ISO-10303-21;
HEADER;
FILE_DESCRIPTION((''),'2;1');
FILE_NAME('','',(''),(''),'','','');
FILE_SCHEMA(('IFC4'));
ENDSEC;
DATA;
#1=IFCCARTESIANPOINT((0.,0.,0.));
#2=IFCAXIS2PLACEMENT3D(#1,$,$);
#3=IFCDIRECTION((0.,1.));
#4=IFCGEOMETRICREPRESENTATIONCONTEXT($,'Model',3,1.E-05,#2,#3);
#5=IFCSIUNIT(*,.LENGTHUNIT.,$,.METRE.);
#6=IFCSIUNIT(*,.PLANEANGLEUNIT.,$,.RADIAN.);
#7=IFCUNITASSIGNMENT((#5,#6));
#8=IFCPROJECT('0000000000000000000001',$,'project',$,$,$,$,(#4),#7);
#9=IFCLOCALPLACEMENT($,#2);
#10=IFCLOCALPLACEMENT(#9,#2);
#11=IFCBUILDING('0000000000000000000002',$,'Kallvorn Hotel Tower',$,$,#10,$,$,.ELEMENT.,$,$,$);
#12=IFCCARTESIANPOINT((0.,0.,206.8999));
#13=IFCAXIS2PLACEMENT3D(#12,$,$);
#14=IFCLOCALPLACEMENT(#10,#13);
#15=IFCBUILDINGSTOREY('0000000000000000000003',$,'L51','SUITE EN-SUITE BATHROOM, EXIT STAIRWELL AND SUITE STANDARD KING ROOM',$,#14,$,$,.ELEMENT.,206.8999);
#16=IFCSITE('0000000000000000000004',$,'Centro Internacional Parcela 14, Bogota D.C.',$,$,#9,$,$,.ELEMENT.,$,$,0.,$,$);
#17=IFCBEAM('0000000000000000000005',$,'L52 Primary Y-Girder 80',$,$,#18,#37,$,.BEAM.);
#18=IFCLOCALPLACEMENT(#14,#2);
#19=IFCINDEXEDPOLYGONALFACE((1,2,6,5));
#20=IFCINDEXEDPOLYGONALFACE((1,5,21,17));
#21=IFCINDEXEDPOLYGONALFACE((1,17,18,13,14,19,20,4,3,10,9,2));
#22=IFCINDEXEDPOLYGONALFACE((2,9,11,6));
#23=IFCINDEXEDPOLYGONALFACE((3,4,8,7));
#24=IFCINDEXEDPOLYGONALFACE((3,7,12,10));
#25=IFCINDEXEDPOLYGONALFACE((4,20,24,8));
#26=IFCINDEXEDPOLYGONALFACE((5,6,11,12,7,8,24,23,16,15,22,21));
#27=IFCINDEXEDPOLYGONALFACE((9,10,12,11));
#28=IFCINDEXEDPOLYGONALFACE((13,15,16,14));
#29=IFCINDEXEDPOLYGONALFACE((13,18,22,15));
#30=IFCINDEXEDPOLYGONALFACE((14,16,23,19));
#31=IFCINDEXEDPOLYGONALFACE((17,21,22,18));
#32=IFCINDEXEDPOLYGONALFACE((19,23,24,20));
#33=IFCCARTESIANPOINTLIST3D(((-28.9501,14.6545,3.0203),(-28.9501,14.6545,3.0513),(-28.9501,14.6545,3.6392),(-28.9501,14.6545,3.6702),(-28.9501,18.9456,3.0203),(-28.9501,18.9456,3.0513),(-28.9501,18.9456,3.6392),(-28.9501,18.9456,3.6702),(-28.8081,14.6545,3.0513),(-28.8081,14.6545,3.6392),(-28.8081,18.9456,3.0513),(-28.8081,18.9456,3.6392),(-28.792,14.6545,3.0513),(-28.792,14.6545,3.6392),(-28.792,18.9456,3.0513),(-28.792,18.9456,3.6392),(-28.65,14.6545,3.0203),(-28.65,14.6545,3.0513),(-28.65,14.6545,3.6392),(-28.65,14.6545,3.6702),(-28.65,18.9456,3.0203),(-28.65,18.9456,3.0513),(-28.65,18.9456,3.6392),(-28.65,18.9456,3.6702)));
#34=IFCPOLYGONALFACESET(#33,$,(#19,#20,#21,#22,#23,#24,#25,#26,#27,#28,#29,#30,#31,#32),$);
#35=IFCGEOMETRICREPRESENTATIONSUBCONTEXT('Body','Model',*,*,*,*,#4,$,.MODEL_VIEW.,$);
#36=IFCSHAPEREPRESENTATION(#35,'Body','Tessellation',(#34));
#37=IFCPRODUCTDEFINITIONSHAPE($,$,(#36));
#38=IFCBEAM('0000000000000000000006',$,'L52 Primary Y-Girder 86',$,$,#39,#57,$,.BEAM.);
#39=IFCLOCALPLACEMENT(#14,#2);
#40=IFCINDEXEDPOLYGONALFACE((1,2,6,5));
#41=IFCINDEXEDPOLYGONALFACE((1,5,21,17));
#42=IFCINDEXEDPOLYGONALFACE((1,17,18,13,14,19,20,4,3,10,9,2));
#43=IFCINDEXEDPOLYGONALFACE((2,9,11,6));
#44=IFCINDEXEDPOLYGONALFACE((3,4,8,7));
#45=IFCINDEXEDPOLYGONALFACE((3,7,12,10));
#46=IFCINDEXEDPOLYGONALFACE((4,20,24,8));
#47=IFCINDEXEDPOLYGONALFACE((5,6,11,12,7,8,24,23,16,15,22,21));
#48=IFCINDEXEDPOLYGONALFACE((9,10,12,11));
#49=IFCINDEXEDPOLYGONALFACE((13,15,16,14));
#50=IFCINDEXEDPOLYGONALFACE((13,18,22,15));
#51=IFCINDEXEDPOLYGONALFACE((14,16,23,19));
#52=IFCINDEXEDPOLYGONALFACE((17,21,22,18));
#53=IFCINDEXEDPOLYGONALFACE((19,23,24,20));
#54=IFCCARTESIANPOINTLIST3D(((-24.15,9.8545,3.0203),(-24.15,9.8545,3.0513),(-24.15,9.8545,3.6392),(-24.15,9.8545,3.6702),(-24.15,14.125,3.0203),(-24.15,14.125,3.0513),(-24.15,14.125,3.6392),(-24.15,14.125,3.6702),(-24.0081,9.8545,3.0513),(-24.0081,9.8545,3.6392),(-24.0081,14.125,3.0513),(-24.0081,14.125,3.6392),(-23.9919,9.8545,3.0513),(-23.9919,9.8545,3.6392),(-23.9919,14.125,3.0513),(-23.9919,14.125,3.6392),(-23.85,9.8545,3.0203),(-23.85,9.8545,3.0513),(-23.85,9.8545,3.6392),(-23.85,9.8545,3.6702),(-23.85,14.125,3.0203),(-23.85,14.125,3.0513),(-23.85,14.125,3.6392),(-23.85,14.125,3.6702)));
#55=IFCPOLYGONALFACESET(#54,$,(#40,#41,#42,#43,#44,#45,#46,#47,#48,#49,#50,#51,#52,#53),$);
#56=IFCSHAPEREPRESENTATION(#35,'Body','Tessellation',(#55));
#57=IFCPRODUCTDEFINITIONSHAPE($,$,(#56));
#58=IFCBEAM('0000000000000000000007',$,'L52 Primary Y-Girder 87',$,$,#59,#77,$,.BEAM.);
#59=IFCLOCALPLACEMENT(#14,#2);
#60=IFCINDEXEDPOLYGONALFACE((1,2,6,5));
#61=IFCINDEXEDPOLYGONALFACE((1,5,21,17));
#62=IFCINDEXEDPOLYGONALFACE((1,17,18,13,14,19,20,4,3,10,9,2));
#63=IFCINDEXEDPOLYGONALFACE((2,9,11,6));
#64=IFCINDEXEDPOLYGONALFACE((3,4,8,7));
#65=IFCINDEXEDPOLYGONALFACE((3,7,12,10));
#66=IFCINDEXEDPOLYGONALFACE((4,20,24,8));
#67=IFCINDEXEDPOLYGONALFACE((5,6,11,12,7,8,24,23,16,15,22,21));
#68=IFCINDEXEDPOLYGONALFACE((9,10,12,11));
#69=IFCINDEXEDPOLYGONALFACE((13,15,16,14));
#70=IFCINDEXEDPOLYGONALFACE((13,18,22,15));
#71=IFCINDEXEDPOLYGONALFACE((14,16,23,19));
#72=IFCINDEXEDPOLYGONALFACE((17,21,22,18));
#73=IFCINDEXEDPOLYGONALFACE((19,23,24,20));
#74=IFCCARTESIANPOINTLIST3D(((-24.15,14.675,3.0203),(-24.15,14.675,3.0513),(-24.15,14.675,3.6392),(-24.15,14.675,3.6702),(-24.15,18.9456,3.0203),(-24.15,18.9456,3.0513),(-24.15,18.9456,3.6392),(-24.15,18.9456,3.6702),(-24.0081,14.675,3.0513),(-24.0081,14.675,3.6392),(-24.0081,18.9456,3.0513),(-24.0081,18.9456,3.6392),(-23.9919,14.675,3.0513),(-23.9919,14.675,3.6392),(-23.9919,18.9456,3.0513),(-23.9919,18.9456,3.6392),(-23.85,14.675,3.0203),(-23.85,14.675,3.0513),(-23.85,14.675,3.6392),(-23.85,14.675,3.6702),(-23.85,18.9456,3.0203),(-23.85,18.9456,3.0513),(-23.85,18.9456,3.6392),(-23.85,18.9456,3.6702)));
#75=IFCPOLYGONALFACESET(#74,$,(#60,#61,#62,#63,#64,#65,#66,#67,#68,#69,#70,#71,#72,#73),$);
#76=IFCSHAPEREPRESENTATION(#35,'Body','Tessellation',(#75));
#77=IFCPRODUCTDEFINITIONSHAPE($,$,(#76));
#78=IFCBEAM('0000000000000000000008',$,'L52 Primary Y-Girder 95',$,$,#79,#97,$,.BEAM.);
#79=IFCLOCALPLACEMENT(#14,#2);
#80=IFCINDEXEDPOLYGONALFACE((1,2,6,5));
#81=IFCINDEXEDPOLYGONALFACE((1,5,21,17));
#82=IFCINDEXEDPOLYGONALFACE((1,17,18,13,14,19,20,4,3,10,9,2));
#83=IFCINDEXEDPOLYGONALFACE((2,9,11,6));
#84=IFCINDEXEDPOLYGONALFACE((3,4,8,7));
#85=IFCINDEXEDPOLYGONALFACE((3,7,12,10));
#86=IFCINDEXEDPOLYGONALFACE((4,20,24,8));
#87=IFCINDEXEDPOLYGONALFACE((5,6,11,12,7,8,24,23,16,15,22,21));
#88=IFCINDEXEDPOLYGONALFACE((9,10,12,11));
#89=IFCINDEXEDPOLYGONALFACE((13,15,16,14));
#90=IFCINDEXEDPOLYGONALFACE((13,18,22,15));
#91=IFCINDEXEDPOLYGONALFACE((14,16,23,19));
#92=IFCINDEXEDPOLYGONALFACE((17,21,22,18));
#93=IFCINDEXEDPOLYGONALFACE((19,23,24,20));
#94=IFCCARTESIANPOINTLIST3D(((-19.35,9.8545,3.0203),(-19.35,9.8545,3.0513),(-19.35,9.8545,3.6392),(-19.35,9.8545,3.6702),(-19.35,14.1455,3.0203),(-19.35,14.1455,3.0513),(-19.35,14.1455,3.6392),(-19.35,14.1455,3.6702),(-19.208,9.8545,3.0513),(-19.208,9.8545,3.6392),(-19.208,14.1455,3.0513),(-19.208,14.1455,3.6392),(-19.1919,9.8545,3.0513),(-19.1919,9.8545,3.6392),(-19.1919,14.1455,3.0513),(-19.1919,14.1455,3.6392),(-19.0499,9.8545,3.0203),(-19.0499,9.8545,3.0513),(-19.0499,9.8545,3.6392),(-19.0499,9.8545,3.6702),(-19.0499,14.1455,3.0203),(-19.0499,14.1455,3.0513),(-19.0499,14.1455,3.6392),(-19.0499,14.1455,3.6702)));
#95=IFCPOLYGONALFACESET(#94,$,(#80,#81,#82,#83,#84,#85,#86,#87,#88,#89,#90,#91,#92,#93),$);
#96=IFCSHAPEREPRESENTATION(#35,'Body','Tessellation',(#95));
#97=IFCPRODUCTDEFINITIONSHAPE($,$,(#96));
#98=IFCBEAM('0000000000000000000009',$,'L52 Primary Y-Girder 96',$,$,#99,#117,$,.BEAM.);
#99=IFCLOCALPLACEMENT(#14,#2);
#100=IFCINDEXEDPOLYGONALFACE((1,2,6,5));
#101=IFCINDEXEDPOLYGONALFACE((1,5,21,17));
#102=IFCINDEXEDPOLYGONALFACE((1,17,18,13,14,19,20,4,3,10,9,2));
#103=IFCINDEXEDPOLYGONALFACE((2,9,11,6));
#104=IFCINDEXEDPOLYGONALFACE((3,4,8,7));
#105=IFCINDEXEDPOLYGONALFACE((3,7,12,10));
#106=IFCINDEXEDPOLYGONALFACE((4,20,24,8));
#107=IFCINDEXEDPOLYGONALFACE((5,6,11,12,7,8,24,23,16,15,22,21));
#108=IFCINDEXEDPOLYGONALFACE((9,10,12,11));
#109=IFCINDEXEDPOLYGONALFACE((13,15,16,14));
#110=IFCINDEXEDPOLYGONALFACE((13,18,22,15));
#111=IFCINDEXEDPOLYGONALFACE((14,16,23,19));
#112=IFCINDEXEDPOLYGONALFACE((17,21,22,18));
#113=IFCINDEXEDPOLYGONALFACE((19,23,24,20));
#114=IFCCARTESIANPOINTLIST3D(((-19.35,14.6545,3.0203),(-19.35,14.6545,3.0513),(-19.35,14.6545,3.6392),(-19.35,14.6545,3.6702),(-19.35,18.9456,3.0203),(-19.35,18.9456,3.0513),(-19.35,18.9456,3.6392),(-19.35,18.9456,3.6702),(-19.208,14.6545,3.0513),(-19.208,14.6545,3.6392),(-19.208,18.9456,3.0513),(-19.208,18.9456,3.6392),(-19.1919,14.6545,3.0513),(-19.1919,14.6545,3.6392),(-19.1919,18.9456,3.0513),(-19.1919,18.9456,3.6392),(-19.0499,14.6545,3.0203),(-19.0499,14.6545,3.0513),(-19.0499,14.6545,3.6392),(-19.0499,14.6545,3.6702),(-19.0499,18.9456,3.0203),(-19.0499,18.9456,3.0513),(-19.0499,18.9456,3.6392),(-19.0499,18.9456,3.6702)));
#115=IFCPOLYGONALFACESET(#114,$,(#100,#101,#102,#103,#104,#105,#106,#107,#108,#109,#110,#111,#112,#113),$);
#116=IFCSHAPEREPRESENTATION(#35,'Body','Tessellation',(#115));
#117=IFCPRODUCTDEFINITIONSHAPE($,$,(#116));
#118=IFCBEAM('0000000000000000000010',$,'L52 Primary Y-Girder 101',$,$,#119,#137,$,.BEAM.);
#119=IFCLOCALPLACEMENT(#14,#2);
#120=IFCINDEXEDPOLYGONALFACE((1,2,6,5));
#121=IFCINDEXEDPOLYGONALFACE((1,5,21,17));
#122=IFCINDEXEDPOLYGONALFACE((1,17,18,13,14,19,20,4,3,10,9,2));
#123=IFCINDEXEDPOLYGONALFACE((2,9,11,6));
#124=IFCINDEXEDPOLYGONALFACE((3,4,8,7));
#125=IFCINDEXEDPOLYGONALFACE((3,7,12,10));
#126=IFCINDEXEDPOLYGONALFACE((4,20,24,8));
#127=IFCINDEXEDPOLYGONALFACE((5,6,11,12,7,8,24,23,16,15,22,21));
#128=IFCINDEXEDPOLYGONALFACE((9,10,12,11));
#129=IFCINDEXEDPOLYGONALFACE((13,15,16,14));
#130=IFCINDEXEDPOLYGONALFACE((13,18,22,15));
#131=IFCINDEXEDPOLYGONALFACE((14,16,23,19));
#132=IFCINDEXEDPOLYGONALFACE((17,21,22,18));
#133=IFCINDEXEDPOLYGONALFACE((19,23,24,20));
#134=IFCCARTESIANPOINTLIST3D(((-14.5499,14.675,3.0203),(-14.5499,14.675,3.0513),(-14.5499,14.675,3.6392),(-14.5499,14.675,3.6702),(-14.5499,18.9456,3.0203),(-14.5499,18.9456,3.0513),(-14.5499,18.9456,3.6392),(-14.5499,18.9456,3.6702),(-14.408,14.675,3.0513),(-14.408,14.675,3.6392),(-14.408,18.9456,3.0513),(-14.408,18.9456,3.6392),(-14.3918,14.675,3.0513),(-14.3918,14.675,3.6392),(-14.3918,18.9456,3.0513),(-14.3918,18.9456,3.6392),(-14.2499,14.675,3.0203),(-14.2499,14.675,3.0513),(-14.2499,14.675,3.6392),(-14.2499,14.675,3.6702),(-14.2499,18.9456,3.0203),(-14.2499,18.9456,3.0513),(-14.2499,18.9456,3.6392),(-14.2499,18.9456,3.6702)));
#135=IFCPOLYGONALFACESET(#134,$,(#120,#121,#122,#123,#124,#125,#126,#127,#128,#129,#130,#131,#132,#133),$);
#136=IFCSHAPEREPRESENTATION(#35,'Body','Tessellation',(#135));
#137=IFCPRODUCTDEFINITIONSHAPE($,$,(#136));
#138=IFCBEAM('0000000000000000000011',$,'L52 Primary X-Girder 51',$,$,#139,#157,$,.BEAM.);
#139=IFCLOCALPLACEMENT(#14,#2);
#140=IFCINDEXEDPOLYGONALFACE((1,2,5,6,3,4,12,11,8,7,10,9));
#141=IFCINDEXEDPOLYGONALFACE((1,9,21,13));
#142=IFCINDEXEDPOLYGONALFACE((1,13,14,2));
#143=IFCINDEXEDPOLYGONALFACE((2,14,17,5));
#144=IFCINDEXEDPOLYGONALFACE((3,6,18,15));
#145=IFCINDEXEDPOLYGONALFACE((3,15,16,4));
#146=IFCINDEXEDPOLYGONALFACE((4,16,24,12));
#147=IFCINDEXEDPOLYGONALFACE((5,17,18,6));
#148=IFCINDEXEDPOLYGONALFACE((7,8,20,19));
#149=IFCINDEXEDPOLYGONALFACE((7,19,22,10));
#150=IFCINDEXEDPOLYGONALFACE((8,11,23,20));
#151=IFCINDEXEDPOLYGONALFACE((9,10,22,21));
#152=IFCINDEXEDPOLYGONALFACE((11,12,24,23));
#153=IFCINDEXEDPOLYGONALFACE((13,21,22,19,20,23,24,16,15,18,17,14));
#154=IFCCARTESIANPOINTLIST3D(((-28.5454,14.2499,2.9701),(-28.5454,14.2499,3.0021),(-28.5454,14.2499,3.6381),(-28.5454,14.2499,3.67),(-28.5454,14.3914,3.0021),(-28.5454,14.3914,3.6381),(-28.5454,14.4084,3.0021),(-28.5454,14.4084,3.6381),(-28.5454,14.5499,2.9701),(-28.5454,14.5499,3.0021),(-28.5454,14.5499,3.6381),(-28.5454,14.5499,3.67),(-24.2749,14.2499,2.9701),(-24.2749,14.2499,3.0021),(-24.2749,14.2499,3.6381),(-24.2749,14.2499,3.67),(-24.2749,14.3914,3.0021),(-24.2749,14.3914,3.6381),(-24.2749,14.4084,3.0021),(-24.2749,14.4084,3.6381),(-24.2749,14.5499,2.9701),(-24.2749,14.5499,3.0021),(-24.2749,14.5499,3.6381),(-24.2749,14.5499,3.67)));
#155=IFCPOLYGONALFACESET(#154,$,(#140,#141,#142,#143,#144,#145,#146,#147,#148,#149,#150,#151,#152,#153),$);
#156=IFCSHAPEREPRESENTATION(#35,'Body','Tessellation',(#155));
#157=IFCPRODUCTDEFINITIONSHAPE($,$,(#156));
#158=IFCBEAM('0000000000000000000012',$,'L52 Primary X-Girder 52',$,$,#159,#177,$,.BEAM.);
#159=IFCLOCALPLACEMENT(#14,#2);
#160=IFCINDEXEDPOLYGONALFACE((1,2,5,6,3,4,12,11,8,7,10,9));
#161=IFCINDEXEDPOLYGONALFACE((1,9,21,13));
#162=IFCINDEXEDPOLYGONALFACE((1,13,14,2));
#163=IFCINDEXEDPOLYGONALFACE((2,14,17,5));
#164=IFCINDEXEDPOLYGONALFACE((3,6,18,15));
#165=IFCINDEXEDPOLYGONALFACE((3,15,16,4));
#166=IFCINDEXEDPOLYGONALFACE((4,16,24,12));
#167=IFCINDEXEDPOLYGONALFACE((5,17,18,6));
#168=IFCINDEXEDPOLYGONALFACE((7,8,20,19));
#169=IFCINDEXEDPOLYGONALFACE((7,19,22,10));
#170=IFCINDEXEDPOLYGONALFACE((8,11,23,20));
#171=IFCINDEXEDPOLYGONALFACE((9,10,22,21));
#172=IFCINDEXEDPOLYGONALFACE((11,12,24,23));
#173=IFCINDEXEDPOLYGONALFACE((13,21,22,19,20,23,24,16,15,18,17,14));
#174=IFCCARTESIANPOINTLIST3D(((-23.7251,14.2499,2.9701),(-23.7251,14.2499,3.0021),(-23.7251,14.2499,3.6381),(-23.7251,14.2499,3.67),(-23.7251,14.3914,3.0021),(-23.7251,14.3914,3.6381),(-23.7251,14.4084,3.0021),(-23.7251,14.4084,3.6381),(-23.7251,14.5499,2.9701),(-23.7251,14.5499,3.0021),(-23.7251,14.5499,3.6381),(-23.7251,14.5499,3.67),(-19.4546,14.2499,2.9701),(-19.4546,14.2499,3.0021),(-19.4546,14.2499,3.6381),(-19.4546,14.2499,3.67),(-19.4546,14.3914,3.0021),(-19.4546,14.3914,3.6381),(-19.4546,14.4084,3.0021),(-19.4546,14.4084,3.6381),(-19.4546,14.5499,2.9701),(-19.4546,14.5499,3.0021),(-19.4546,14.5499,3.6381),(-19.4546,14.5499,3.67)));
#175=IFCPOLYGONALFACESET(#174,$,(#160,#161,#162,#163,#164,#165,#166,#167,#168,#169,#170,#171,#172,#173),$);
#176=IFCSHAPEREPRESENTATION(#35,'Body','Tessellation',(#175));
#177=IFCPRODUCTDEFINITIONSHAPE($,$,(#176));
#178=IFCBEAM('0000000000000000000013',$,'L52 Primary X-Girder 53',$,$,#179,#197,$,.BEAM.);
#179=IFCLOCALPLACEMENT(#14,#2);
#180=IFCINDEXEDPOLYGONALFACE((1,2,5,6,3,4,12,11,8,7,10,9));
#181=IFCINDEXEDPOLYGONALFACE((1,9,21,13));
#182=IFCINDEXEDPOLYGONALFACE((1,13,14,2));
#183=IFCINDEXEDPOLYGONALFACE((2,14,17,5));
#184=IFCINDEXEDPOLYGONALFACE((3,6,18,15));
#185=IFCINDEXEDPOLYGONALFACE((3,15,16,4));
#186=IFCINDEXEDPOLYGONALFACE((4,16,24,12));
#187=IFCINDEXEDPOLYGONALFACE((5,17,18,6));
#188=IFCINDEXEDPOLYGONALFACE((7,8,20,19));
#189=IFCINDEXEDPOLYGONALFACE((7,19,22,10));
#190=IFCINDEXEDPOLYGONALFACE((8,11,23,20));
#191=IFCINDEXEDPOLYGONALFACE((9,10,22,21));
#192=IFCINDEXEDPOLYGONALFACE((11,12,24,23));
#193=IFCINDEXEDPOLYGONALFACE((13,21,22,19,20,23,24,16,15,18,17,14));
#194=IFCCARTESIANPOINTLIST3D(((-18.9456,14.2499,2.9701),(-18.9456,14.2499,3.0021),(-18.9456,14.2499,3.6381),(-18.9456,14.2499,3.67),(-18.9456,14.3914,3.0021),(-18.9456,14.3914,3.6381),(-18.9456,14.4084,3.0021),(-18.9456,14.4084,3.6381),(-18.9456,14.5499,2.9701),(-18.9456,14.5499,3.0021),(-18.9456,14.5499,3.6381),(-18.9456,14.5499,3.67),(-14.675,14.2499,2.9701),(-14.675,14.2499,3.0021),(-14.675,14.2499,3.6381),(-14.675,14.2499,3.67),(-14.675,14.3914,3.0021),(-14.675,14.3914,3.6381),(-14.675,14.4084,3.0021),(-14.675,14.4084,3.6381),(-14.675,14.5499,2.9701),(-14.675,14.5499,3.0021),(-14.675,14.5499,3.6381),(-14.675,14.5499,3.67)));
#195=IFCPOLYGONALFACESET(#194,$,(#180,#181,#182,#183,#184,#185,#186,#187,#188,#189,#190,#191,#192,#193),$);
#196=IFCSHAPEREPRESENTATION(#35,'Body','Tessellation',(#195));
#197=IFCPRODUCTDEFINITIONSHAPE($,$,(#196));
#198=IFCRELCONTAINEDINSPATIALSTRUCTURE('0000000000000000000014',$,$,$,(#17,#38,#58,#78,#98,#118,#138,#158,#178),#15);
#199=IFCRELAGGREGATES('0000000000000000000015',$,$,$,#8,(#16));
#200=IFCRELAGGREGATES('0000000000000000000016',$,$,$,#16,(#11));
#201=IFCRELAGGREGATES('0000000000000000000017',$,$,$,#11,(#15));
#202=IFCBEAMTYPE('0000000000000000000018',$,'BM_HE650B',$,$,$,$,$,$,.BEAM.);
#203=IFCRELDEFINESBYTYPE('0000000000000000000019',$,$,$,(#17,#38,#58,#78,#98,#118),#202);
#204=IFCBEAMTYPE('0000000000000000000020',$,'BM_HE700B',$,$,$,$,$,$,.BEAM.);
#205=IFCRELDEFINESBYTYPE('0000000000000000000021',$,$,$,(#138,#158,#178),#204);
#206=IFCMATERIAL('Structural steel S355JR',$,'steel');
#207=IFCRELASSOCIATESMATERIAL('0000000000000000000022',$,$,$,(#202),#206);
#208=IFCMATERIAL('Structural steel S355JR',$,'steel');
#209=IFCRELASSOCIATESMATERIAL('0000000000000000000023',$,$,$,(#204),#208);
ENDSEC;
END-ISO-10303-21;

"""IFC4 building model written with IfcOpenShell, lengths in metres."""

from ifc_helpers import new_model, si_unit, direction, frame, origin, origin_2d, place, context, subcontext, project, spatial, i_section, extrude, material, material_profile, profile_set, type_object, element, save


model = new_model("IFC4")

# Units and contexts
model_context = context("Model", 3, precision=1e-05, world=origin(), true_north=direction((0.0, 1.0)))
body_context = subcontext(model_context, "Body", "Model", "MODEL_VIEW")
ifc_project = project(units=[si_unit("LENGTHUNIT", "METRE"), si_unit("PLANEANGLEUNIT", "RADIAN")], contexts=[model_context])

# Site, building, storey
site_placement = place(None, origin())
site = spatial("IfcSite", under=ifc_project, at=site_placement, Name="Centro Internacional Parcela 14, Bogota D.C.", CompositionType="ELEMENT", RefElevation=0.0)
building_placement = place(site_placement, origin())
building = spatial("IfcBuilding", under=site, at=building_placement, Name="Kallvorn Hotel Tower", CompositionType="ELEMENT")
storey_placement = place(building_placement, frame((0.0, 0.0, 206.8999)))
storey = spatial("IfcBuildingStorey", under=building, at=storey_placement, Name="L51", Description="SUITE EN-SUITE BATHROOM, EXIT STAIRWELL AND SUITE STANDARD KING ROOM", CompositionType="ELEMENT", Elevation=206.8999)

# Beams
ifc_material_1 = material(Name="Structural steel S355JR", Category="steel")
ifc_material_profile_1 = material_profile(ifc_material_1, i_section(OverallWidth=0.3, OverallDepth=0.6499, WebThickness=0.0161, FlangeThickness=0.031, at=origin_2d()), Name="HE 650 B")
ifc_profile_set_1 = profile_set([ifc_material_profile_1], Name="Structural steel S355JR")
beam_type_1 = type_object("IfcBeamType", Name="BM_HE650B", PredefinedType="BEAM", material=ifc_profile_set_1)
for number, where, z_axis, x_axis, name in (
    (1, (-28.8, 14.6545, 3.3452), (0.0, 1.0, 0.0), (-1.0, 0.0, 0.0), "L52 Primary Y-Girder 80"),
):
    element("IfcBeam", number, at=place(storey_placement, frame(where, z_axis=z_axis, x_axis=x_axis)), inside=storey, type_object=beam_type_1, Name=name, PredefinedType="BEAM", context=body_context, shape_type="SweptSolid", body=[
        extrude(i_section(OverallWidth=0.3, OverallDepth=0.6499, WebThickness=0.0161, FlangeThickness=0.031, at=origin_2d()), origin(), (0.0, 0.0, 1.0), 4.291),
    ])
for number, where, z_axis, x_axis, name in (
    (2, (-24.0, 9.8545, 3.3452), (0.0, 1.0, 0.0), (-1.0, 0.0, 0.0), "L52 Primary Y-Girder 86"),
    (3, (-24.0, 14.675, 3.3452), (0.0, 1.0, 0.0), (-1.0, 0.0, 0.0), "L52 Primary Y-Girder 87"),
):
    element("IfcBeam", number, at=place(storey_placement, frame(where, z_axis=z_axis, x_axis=x_axis)), inside=storey, type_object=beam_type_1, Name=name, PredefinedType="BEAM", context=body_context, shape_type="SweptSolid", body=[
        extrude(i_section(OverallWidth=0.3, OverallDepth=0.6499, WebThickness=0.0161, FlangeThickness=0.031, at=origin_2d()), origin(), (0.0, 0.0, 1.0), 4.2705),
    ])
for number, where, z_axis, x_axis, name in (
    (4, (-19.2, 9.8545, 3.3452), (0.0, 1.0, 0.0), (-1.0, 0.0, 0.0), "L52 Primary Y-Girder 95"),
    (5, (-19.2, 14.6545, 3.3452), (0.0, 1.0, 0.0), (-1.0, 0.0, 0.0), "L52 Primary Y-Girder 96"),
):
    element("IfcBeam", number, at=place(storey_placement, frame(where, z_axis=z_axis, x_axis=x_axis)), inside=storey, type_object=beam_type_1, Name=name, PredefinedType="BEAM", context=body_context, shape_type="SweptSolid", body=[
        extrude(i_section(OverallWidth=0.3, OverallDepth=0.6499, WebThickness=0.0161, FlangeThickness=0.031, at=origin_2d()), origin(), (0.0, 0.0, 1.0), 4.291),
    ])
beam_placement = place(storey_placement, frame((-14.3999, 14.675, 3.3452), z_axis=(0.0, 1.0, 0.0), x_axis=(-1.0, 0.0, 0.0)))
element("IfcBeam", 6, at=beam_placement, inside=storey, type_object=beam_type_1, Name="L52 Primary Y-Girder 101", PredefinedType="BEAM", context=body_context, shape_type="SweptSolid", body=[
    extrude(i_section(OverallWidth=0.3, OverallDepth=0.6499, WebThickness=0.0161, FlangeThickness=0.031, at=origin_2d()), origin(), (0.0, 0.0, 1.0), 4.2705),
])
ifc_material_2 = material(Name="Structural steel S355JR", Category="steel")
ifc_material_profile_2 = material_profile(ifc_material_2, i_section(OverallWidth=0.3, OverallDepth=0.7, WebThickness=0.0171, FlangeThickness=0.032, at=origin_2d()), Name="HE 700 B")
ifc_profile_set_2 = profile_set([ifc_material_profile_2], Name="Structural steel S355JR")
beam_type_2 = type_object("IfcBeamType", Name="BM_HE700B", PredefinedType="BEAM", material=ifc_profile_set_2)
for number, where, z_axis, x_axis, name in (
    (7, (-28.5454, 14.3999, 3.3201), (1.0, 0.0, 0.0), (0.0, 1.0, 0.0), "L52 Primary X-Girder 51"),
    (8, (-23.7251, 14.3999, 3.3201), (1.0, 0.0, 0.0), (0.0, 1.0, 0.0), "L52 Primary X-Girder 52"),
    (9, (-18.9456, 14.3999, 3.3201), (1.0, 0.0, 0.0), (0.0, 1.0, 0.0), "L52 Primary X-Girder 53"),
):
    element("IfcBeam", number, at=place(storey_placement, frame(where, z_axis=z_axis, x_axis=x_axis)), inside=storey, type_object=beam_type_2, Name=name, PredefinedType="BEAM", context=body_context, shape_type="SweptSolid", body=[
        extrude(i_section(OverallWidth=0.3, OverallDepth=0.7, WebThickness=0.0171, FlangeThickness=0.032, at=origin_2d()), origin(), (0.0, 0.0, 1.0), 4.2705),
    ])

save(model, "model.ifc")
